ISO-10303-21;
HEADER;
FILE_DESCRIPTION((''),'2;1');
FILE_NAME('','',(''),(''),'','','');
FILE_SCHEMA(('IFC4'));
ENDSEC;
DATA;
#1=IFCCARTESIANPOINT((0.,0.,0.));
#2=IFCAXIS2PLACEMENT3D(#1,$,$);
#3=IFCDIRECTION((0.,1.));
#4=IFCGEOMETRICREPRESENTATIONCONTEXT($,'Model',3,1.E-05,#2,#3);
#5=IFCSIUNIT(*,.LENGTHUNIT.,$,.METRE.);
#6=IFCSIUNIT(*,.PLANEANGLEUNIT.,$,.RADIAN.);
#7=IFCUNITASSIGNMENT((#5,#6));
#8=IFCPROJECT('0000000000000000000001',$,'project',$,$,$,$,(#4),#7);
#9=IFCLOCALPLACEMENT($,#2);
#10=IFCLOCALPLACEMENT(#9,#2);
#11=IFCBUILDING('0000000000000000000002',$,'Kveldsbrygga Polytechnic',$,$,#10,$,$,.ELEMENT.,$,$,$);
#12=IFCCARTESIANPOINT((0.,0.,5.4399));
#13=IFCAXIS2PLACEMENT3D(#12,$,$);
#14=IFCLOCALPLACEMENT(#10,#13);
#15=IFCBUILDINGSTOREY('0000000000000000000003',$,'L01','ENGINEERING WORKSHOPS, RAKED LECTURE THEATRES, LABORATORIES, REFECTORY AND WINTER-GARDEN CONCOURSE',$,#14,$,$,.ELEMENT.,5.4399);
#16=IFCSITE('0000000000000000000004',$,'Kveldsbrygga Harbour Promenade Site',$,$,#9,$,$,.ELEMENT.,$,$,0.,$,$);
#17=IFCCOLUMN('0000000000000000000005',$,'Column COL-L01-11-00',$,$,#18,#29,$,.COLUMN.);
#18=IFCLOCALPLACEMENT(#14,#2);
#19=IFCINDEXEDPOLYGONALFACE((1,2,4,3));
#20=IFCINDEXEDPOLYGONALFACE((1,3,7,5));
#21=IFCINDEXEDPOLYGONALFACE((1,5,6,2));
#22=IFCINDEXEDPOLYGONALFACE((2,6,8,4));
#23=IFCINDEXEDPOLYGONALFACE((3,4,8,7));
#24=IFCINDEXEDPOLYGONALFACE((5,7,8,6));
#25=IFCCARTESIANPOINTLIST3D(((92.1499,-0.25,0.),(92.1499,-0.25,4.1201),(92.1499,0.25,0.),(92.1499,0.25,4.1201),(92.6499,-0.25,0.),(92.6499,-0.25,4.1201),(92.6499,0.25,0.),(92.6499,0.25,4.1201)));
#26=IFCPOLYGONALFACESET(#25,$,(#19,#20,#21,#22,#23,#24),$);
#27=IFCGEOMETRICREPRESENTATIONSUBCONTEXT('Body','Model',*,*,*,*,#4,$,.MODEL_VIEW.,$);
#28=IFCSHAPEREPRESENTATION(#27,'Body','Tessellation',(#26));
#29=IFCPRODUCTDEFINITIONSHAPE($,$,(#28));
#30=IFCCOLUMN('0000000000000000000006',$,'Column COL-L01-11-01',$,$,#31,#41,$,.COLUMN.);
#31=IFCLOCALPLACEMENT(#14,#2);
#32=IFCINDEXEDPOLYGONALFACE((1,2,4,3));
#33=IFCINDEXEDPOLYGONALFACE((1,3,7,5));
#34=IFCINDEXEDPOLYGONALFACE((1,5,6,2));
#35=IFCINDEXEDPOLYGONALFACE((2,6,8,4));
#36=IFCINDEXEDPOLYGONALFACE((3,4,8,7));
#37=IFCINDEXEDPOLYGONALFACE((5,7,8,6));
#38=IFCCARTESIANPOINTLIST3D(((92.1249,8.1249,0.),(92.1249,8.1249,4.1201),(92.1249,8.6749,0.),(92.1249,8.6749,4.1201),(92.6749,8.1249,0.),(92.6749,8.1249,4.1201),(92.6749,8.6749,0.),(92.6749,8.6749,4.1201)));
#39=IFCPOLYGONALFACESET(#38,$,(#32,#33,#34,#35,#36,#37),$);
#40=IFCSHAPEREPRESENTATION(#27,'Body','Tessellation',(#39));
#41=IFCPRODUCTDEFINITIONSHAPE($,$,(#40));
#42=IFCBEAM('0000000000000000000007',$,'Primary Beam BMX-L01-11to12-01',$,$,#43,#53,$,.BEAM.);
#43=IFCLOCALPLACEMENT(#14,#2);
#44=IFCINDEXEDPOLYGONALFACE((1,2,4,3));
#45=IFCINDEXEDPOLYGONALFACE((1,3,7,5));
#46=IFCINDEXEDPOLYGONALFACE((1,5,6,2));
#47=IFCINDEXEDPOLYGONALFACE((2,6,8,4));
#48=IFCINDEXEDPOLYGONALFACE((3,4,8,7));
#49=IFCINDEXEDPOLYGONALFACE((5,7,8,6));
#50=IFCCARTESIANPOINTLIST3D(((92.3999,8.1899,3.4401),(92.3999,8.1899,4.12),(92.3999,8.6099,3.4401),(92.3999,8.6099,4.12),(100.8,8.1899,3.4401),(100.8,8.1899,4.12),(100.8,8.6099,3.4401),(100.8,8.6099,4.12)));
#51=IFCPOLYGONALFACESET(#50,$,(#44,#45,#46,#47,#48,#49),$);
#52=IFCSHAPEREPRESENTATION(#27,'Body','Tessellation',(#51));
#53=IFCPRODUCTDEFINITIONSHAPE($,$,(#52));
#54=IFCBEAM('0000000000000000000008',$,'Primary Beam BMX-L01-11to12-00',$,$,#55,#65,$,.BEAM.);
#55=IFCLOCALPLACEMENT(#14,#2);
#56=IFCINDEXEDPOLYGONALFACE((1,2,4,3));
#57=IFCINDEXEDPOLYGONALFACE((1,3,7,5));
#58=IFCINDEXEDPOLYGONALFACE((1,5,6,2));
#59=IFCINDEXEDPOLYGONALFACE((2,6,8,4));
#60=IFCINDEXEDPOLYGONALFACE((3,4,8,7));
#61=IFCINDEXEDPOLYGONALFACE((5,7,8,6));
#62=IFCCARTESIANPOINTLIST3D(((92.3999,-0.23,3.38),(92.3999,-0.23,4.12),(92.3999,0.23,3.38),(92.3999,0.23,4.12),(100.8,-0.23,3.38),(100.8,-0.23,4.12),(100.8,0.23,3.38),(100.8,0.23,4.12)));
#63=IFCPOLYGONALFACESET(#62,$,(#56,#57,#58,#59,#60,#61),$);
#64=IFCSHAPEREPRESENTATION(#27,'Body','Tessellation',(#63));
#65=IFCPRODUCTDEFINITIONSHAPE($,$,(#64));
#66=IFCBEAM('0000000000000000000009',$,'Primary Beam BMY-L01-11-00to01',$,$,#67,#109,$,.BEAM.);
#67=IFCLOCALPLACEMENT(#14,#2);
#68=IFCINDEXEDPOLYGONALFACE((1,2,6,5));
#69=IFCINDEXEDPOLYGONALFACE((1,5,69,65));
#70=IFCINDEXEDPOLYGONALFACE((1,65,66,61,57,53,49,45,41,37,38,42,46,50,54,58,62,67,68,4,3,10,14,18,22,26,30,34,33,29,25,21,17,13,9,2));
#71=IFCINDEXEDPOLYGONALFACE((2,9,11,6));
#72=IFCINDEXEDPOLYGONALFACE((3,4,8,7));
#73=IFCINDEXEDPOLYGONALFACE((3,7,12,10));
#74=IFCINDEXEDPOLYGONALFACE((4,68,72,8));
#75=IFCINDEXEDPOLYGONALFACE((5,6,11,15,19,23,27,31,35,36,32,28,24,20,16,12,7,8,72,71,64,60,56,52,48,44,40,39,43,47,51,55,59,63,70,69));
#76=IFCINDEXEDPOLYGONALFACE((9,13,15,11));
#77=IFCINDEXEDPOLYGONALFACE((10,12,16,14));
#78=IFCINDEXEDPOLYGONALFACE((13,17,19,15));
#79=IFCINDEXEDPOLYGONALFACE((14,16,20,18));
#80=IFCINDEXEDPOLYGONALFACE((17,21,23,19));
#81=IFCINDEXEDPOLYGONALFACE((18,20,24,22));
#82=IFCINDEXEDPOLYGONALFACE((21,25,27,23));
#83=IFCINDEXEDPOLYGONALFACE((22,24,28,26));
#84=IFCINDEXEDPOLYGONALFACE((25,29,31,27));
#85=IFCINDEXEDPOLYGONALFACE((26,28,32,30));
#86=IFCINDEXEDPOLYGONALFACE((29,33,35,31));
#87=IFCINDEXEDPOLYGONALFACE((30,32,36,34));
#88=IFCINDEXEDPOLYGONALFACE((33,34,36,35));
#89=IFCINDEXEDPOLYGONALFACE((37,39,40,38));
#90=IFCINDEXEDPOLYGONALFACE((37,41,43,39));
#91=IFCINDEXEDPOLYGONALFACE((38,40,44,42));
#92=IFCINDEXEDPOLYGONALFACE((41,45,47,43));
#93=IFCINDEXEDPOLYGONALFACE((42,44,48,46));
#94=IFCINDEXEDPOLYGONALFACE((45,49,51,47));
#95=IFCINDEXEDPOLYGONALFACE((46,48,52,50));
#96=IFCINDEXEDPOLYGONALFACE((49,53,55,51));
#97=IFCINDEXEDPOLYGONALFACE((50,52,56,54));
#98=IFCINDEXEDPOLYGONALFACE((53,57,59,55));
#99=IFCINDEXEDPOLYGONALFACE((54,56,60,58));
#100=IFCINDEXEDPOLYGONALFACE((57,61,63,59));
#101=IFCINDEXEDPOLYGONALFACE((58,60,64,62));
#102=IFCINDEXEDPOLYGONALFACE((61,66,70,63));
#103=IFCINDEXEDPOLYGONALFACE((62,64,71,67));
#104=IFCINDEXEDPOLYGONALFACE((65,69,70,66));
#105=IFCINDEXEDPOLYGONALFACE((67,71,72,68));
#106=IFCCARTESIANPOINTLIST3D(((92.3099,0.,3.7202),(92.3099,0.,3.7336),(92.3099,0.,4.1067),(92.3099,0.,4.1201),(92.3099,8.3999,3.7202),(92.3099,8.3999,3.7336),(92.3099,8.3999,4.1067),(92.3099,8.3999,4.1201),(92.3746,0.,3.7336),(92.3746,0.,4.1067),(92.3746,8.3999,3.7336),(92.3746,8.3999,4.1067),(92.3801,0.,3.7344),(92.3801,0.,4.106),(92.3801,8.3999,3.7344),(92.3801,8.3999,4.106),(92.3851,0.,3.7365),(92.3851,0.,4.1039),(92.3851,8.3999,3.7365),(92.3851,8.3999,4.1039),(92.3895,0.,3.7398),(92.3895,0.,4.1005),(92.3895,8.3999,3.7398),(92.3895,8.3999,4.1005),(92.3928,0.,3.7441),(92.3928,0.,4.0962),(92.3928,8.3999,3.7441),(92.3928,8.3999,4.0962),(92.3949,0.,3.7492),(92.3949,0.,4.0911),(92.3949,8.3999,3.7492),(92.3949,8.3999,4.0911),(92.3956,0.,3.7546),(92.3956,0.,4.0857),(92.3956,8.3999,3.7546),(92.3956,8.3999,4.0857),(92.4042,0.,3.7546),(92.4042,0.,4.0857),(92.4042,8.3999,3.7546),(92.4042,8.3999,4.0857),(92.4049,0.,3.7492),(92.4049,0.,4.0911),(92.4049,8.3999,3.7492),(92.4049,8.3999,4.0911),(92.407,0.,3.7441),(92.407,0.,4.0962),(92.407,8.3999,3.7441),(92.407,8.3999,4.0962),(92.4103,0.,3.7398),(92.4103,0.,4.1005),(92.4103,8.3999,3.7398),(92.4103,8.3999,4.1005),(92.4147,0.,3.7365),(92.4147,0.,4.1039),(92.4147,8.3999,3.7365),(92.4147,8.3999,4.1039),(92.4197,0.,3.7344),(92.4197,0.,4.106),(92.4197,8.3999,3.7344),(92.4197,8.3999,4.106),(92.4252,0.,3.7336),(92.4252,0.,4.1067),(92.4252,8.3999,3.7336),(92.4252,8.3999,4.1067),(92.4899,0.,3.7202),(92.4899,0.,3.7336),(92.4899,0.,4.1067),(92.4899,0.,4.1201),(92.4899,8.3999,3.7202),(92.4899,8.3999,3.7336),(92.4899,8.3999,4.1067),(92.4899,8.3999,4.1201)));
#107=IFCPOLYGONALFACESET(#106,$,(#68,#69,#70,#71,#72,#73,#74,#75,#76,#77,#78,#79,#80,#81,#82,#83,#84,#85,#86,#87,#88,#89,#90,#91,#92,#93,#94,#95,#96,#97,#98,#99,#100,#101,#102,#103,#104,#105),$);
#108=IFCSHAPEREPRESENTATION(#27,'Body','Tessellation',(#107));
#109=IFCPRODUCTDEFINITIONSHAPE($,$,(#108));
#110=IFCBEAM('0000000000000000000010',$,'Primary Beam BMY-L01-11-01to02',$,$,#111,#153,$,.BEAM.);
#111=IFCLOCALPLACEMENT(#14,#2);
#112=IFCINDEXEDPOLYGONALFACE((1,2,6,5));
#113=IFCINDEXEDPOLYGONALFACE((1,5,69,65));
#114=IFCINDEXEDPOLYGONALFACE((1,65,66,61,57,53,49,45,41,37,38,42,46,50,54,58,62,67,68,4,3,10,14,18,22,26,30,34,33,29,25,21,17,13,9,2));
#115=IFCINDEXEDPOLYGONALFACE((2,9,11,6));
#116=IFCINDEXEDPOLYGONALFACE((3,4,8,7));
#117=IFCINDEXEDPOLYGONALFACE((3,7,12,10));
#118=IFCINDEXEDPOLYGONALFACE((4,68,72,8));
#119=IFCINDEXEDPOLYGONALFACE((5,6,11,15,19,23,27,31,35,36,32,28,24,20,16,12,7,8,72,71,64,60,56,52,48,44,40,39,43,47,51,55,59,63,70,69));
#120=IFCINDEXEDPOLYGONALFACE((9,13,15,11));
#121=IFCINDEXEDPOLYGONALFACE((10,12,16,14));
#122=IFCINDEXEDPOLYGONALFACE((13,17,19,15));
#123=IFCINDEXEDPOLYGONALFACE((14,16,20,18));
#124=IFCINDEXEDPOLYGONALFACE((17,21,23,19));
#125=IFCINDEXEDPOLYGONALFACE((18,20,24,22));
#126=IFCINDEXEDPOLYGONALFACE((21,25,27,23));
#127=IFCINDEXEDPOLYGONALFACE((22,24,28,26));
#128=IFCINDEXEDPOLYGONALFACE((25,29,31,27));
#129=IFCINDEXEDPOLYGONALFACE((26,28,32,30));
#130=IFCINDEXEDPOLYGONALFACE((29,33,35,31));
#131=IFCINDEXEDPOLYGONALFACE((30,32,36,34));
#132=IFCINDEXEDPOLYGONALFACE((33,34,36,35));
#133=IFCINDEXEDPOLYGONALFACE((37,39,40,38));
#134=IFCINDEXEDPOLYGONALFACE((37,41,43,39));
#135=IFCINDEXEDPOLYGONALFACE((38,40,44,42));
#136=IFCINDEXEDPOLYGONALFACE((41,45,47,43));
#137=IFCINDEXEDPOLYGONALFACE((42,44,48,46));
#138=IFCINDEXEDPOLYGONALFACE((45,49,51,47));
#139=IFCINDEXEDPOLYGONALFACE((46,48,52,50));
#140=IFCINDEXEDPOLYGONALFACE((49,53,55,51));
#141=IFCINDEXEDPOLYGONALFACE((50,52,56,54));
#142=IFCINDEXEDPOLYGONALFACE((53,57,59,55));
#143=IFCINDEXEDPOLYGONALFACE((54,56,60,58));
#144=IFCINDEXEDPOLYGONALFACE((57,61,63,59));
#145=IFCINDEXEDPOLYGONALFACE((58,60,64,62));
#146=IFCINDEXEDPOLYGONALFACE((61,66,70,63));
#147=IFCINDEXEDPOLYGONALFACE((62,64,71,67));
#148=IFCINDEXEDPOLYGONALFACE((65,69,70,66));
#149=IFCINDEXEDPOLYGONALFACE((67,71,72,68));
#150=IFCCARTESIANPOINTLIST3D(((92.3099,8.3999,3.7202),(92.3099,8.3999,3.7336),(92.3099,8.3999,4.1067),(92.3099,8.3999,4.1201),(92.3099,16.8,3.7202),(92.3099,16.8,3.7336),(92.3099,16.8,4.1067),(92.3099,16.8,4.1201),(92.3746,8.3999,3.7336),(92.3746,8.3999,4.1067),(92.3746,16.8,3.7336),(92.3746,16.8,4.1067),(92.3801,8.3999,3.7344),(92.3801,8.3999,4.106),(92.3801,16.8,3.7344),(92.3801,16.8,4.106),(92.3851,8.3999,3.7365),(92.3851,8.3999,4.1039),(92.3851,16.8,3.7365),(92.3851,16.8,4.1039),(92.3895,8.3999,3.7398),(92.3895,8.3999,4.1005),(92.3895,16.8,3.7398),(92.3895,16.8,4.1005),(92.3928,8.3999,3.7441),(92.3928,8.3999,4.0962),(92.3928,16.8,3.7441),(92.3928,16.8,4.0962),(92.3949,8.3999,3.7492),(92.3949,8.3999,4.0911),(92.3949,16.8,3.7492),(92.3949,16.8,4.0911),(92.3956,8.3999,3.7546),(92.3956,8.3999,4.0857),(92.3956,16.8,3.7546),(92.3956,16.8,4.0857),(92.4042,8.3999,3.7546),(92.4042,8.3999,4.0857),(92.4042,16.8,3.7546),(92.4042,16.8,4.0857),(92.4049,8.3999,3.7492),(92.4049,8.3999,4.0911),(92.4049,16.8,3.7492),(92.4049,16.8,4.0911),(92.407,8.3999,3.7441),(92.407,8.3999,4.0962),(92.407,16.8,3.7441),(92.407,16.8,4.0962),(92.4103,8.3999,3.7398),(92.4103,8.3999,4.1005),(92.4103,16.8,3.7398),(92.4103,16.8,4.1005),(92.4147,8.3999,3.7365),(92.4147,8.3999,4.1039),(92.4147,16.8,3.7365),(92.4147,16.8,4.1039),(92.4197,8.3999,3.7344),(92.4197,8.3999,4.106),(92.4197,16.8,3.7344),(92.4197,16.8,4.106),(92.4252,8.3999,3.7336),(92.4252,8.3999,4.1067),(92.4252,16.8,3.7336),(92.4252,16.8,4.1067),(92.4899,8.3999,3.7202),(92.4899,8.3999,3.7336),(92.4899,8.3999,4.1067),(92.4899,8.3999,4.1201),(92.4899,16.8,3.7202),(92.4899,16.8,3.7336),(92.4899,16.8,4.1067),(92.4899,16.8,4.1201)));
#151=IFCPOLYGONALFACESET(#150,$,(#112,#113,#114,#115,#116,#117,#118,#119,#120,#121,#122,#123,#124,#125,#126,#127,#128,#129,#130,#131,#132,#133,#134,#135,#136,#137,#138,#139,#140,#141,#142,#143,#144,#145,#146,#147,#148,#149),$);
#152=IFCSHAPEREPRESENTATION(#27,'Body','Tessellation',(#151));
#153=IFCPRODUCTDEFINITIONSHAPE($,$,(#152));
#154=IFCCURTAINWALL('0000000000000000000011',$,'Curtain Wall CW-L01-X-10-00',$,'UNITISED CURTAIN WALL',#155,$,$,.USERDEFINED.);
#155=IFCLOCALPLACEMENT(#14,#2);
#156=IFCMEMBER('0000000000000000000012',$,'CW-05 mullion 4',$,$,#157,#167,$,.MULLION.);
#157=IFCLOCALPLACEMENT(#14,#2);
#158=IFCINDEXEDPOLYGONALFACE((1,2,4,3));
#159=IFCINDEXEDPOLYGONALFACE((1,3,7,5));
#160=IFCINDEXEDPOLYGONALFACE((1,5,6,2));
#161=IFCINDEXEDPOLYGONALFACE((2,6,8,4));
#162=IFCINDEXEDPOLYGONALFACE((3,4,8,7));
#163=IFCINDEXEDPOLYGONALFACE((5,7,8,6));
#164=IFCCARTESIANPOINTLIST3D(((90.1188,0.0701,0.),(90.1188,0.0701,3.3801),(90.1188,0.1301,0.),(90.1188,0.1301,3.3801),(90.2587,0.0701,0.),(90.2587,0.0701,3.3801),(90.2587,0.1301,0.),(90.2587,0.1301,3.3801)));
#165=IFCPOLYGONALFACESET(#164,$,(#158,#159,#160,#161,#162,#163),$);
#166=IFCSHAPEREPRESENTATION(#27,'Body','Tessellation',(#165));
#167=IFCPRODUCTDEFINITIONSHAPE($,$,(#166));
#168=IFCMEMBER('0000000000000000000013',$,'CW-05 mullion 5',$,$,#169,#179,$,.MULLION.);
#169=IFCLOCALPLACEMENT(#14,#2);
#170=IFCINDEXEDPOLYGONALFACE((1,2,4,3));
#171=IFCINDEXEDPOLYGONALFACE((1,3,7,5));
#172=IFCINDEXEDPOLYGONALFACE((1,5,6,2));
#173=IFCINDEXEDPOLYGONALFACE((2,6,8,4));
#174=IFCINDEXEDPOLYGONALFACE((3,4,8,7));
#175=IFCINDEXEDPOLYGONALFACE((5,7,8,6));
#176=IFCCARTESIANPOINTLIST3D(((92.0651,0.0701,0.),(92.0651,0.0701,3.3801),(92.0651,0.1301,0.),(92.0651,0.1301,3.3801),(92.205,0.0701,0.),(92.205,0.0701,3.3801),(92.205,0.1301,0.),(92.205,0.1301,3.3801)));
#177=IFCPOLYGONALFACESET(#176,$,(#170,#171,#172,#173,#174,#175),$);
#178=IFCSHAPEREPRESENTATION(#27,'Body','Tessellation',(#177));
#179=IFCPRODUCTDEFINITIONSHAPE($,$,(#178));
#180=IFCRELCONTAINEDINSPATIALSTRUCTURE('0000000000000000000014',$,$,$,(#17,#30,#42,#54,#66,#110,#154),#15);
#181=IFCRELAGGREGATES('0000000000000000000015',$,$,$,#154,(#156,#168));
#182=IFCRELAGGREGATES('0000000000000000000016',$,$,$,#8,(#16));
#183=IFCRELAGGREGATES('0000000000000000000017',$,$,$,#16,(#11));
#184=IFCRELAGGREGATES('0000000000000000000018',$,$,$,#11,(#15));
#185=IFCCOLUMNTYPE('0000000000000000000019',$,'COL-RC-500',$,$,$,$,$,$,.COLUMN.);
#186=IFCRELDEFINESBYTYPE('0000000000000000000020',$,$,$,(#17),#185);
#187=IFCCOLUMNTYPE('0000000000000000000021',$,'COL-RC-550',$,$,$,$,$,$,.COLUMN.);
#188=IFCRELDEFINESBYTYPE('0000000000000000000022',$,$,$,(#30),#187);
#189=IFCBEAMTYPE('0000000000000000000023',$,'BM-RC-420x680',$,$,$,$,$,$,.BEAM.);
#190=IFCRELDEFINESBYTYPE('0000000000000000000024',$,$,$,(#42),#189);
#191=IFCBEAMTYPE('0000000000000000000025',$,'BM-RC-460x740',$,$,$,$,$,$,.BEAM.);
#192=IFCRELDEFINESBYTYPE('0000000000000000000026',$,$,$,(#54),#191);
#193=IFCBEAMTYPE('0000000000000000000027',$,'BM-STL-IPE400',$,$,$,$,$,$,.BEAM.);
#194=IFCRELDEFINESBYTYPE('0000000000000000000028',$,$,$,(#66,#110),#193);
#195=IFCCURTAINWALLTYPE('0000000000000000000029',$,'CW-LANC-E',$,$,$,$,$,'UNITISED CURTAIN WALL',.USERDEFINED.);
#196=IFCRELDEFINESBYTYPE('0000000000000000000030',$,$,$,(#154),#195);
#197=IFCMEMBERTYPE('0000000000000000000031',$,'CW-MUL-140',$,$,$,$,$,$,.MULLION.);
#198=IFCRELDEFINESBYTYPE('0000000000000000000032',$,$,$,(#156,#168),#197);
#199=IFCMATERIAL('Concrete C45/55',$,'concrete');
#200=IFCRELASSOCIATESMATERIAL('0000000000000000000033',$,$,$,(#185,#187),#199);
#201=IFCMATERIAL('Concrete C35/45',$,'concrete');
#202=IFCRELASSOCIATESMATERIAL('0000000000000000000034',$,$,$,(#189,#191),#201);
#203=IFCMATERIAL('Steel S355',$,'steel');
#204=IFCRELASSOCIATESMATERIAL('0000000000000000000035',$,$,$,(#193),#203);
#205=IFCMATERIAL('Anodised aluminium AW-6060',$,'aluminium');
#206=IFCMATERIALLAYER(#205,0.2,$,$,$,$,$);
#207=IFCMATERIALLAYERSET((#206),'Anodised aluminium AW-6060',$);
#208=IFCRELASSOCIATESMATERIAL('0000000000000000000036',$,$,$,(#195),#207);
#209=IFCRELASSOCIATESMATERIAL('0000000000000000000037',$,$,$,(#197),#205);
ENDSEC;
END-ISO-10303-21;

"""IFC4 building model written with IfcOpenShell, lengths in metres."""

from ifc_helpers import new_model, si_unit, direction, frame, origin, origin_2d, place, context, subcontext, project, spatial, rectangle, i_section, extrude, material, layer, layer_set, material_profile, profile_set, type_object, element, aggregate, save


model = new_model("IFC4")

# Units and contexts
model_context = context("Model", 3, precision=1e-05, world=origin(), true_north=direction((0.0, 1.0)))
body_context = subcontext(model_context, "Body", "Model", "MODEL_VIEW")
ifc_project = project(units=[si_unit("LENGTHUNIT", "METRE"), si_unit("PLANEANGLEUNIT", "RADIAN")], contexts=[model_context])

# Site, building, storey
site_placement = place(None, origin())
site = spatial("IfcSite", under=ifc_project, at=site_placement, Name="Kveldsbrygga Harbour Promenade Site", CompositionType="ELEMENT", RefElevation=0.0)
building_placement = place(site_placement, origin())
building = spatial("IfcBuilding", under=site, at=building_placement, Name="Kveldsbrygga Polytechnic", CompositionType="ELEMENT")
storey_placement = place(building_placement, frame((0.0, 0.0, 5.4399)))
storey = spatial("IfcBuildingStorey", under=building, at=storey_placement, Name="L01", Description="ENGINEERING WORKSHOPS, RAKED LECTURE THEATRES, LABORATORIES, REFECTORY AND WINTER-GARDEN CONCOURSE", CompositionType="ELEMENT", Elevation=5.4399)

# Columns
ifc_material_1 = material(Name="Concrete C45/55", Category="concrete")
ifc_material_profile_1 = material_profile(ifc_material_1, rectangle(XDim=0.5, YDim=0.5, at=origin_2d()), Name="RC 500x500")
ifc_profile_set_1 = profile_set([ifc_material_profile_1], Name="Concrete C45/55")
column_type_1 = type_object("IfcColumnType", Name="COL-RC-500", PredefinedType="COLUMN", material=ifc_profile_set_1)
column_1_placement = place(storey_placement, frame((92.3999, 0.0, 0.0), z_axis=(0.0, 0.0, 1.0), x_axis=(1.0, 0.0, 0.0)))
element("IfcColumn", 1, at=column_1_placement, inside=storey, type_object=column_type_1, Name="Column COL-L01-11-00", PredefinedType="COLUMN", context=body_context, shape_type="SweptSolid", body=[
    extrude(rectangle(XDim=0.5, YDim=0.5, at=origin_2d()), origin(), (0.0, 0.0, 1.0), 4.1201),
])
ifc_material_profile_2 = material_profile(ifc_material_1, rectangle(XDim=0.55, YDim=0.55, at=origin_2d()), Name="RC 550x550")
ifc_profile_set_2 = profile_set([ifc_material_profile_2], Name="Concrete C45/55")
column_type_2 = type_object("IfcColumnType", Name="COL-RC-550", PredefinedType="COLUMN", material=ifc_profile_set_2)
column_2_placement = place(storey_placement, frame((92.3999, 8.3999, 0.0), z_axis=(0.0, 0.0, 1.0), x_axis=(1.0, 0.0, 0.0)))
element("IfcColumn", 2, at=column_2_placement, inside=storey, type_object=column_type_2, Name="Column COL-L01-11-01", PredefinedType="COLUMN", context=body_context, shape_type="SweptSolid", body=[
    extrude(rectangle(XDim=0.55, YDim=0.55, at=origin_2d()), origin(), (0.0, 0.0, 1.0), 4.1201),
])

# Beams
ifc_material_2 = material(Name="Concrete C35/45", Category="concrete")
ifc_material_profile_3 = material_profile(ifc_material_2, rectangle(XDim=0.4199, YDim=0.6799, at=origin_2d()), Name="RC 420x680")
ifc_profile_set_3 = profile_set([ifc_material_profile_3], Name="Concrete C35/45")
beam_type_1 = type_object("IfcBeamType", Name="BM-RC-420x680", PredefinedType="BEAM", material=ifc_profile_set_3)
beam_1_placement = place(storey_placement, frame((92.3999, 8.3999, 3.78), z_axis=(1.0, 0.0, 0.0), x_axis=(0.0, 1.0, 0.0)))
element("IfcBeam", 3, at=beam_1_placement, inside=storey, type_object=beam_type_1, Name="Primary Beam BMX-L01-11to12-01", PredefinedType="BEAM", context=body_context, shape_type="SweptSolid", body=[
    extrude(rectangle(XDim=0.4199, YDim=0.6799, at=origin_2d()), origin(), (0.0, 0.0, 1.0), 8.4001),
])
ifc_material_profile_4 = material_profile(ifc_material_2, rectangle(XDim=0.46, YDim=0.74, at=origin_2d()), Name="RC 460x740")
ifc_profile_set_4 = profile_set([ifc_material_profile_4], Name="Concrete C35/45")
beam_type_2 = type_object("IfcBeamType", Name="BM-RC-460x740", PredefinedType="BEAM", material=ifc_profile_set_4)
beam_2_placement = place(storey_placement, frame((92.3999, 0.0, 3.75), z_axis=(1.0, 0.0, 0.0), x_axis=(0.0, 1.0, 0.0)))
element("IfcBeam", 4, at=beam_2_placement, inside=storey, type_object=beam_type_2, Name="Primary Beam BMX-L01-11to12-00", PredefinedType="BEAM", context=body_context, shape_type="SweptSolid", body=[
    extrude(rectangle(XDim=0.46, YDim=0.74, at=origin_2d()), origin(), (0.0, 0.0, 1.0), 8.4001),
])
ifc_material_3 = material(Name="Steel S355", Category="steel")
ifc_material_profile_5 = material_profile(ifc_material_3, i_section(OverallWidth=0.1799, OverallDepth=0.3999, WebThickness=0.0085, FlangeThickness=0.0134, FilletRadius=0.021, at=origin_2d()), Name="IPE 400")
ifc_profile_set_5 = profile_set([ifc_material_profile_5], Name="Steel S355")
beam_type_3 = type_object("IfcBeamType", Name="BM-STL-IPE400", PredefinedType="BEAM", material=ifc_profile_set_5)
beam_3_placement = place(storey_placement, frame((92.3999, 0.0, 3.9202), z_axis=(0.0, 1.0, 0.0), x_axis=(-1.0, 0.0, 0.0)))
element("IfcBeam", 5, at=beam_3_placement, inside=storey, type_object=beam_type_3, Name="Primary Beam BMY-L01-11-00to01", PredefinedType="BEAM", context=body_context, shape_type="SweptSolid", body=[
    extrude(i_section(OverallWidth=0.1799, OverallDepth=0.3999, WebThickness=0.0085, FlangeThickness=0.0134, FilletRadius=0.021, at=origin_2d()), origin(), (0.0, 0.0, 1.0), 8.3999),
])
beam_4_placement = place(storey_placement, frame((92.3999, 8.3999, 3.9202), z_axis=(0.0, 1.0, 0.0), x_axis=(-1.0, 0.0, 0.0)))
element("IfcBeam", 6, at=beam_4_placement, inside=storey, type_object=beam_type_3, Name="Primary Beam BMY-L01-11-01to02", PredefinedType="BEAM", context=body_context, shape_type="SweptSolid", body=[
    extrude(i_section(OverallWidth=0.1799, OverallDepth=0.3999, WebThickness=0.0085, FlangeThickness=0.0134, FilletRadius=0.021, at=origin_2d()), origin(), (0.0, 0.0, 1.0), 8.4001),
])

# Curtain wall, members
ifc_material_4 = material(Name="Anodised aluminium AW-6060", Category="aluminium")
ifc_layer_1 = layer(ifc_material_4, 0.2)
ifc_layer_set_1 = layer_set([ifc_layer_1], Name="Anodised aluminium AW-6060")
curtain_wall_type = type_object("IfcCurtainWallType", Name="CW-LANC-E", ElementType="UNITISED CURTAIN WALL", PredefinedType="USERDEFINED", material=ifc_layer_set_1)
curtain_wall_placement = place(storey_placement, origin())
curtain_wall = element("IfcCurtainWall", 7, at=curtain_wall_placement, inside=storey, type_object=curtain_wall_type, Name="Curtain Wall CW-L01-X-10-00", ObjectType="UNITISED CURTAIN WALL", PredefinedType="USERDEFINED")
ifc_material_profile_6 = material_profile(ifc_material_4, rectangle(XDim=0.0601, YDim=0.1399, at=origin_2d()), Name="ALU 60x140")
ifc_profile_set_6 = profile_set([ifc_material_profile_6], Name="Anodised aluminium AW-6060")
member_type_1 = type_object("IfcMemberType", Name="CW-MUL-140", PredefinedType="MULLION", material=ifc_profile_set_6)
member_1_placement = place(storey_placement, frame((90.1887, 0.1001, 0.0), z_axis=(0.0, 0.0, 1.0), x_axis=(0.0, 1.0, 0.0)))
member_1 = element("IfcMember", 8, at=member_1_placement, type_object=member_type_1, Name="CW-05 mullion 4", PredefinedType="MULLION", context=body_context, shape_type="SweptSolid", body=[
    extrude(rectangle(XDim=0.0601, YDim=0.1399, at=origin_2d()), origin(), (0.0, 0.0, 1.0), 3.3801),
])
member_2_placement = place(storey_placement, frame((92.135, 0.1001, 0.0), z_axis=(0.0, 0.0, 1.0), x_axis=(0.0, 1.0, 0.0)))
member_2 = element("IfcMember", 9, at=member_2_placement, type_object=member_type_1, Name="CW-05 mullion 5", PredefinedType="MULLION", context=body_context, shape_type="SweptSolid", body=[
    extrude(rectangle(XDim=0.0601, YDim=0.1399, at=origin_2d()), origin(), (0.0, 0.0, 1.0), 3.3801),
])
aggregate(curtain_wall, [member_1, member_2])

save(model, "model.ifc")
